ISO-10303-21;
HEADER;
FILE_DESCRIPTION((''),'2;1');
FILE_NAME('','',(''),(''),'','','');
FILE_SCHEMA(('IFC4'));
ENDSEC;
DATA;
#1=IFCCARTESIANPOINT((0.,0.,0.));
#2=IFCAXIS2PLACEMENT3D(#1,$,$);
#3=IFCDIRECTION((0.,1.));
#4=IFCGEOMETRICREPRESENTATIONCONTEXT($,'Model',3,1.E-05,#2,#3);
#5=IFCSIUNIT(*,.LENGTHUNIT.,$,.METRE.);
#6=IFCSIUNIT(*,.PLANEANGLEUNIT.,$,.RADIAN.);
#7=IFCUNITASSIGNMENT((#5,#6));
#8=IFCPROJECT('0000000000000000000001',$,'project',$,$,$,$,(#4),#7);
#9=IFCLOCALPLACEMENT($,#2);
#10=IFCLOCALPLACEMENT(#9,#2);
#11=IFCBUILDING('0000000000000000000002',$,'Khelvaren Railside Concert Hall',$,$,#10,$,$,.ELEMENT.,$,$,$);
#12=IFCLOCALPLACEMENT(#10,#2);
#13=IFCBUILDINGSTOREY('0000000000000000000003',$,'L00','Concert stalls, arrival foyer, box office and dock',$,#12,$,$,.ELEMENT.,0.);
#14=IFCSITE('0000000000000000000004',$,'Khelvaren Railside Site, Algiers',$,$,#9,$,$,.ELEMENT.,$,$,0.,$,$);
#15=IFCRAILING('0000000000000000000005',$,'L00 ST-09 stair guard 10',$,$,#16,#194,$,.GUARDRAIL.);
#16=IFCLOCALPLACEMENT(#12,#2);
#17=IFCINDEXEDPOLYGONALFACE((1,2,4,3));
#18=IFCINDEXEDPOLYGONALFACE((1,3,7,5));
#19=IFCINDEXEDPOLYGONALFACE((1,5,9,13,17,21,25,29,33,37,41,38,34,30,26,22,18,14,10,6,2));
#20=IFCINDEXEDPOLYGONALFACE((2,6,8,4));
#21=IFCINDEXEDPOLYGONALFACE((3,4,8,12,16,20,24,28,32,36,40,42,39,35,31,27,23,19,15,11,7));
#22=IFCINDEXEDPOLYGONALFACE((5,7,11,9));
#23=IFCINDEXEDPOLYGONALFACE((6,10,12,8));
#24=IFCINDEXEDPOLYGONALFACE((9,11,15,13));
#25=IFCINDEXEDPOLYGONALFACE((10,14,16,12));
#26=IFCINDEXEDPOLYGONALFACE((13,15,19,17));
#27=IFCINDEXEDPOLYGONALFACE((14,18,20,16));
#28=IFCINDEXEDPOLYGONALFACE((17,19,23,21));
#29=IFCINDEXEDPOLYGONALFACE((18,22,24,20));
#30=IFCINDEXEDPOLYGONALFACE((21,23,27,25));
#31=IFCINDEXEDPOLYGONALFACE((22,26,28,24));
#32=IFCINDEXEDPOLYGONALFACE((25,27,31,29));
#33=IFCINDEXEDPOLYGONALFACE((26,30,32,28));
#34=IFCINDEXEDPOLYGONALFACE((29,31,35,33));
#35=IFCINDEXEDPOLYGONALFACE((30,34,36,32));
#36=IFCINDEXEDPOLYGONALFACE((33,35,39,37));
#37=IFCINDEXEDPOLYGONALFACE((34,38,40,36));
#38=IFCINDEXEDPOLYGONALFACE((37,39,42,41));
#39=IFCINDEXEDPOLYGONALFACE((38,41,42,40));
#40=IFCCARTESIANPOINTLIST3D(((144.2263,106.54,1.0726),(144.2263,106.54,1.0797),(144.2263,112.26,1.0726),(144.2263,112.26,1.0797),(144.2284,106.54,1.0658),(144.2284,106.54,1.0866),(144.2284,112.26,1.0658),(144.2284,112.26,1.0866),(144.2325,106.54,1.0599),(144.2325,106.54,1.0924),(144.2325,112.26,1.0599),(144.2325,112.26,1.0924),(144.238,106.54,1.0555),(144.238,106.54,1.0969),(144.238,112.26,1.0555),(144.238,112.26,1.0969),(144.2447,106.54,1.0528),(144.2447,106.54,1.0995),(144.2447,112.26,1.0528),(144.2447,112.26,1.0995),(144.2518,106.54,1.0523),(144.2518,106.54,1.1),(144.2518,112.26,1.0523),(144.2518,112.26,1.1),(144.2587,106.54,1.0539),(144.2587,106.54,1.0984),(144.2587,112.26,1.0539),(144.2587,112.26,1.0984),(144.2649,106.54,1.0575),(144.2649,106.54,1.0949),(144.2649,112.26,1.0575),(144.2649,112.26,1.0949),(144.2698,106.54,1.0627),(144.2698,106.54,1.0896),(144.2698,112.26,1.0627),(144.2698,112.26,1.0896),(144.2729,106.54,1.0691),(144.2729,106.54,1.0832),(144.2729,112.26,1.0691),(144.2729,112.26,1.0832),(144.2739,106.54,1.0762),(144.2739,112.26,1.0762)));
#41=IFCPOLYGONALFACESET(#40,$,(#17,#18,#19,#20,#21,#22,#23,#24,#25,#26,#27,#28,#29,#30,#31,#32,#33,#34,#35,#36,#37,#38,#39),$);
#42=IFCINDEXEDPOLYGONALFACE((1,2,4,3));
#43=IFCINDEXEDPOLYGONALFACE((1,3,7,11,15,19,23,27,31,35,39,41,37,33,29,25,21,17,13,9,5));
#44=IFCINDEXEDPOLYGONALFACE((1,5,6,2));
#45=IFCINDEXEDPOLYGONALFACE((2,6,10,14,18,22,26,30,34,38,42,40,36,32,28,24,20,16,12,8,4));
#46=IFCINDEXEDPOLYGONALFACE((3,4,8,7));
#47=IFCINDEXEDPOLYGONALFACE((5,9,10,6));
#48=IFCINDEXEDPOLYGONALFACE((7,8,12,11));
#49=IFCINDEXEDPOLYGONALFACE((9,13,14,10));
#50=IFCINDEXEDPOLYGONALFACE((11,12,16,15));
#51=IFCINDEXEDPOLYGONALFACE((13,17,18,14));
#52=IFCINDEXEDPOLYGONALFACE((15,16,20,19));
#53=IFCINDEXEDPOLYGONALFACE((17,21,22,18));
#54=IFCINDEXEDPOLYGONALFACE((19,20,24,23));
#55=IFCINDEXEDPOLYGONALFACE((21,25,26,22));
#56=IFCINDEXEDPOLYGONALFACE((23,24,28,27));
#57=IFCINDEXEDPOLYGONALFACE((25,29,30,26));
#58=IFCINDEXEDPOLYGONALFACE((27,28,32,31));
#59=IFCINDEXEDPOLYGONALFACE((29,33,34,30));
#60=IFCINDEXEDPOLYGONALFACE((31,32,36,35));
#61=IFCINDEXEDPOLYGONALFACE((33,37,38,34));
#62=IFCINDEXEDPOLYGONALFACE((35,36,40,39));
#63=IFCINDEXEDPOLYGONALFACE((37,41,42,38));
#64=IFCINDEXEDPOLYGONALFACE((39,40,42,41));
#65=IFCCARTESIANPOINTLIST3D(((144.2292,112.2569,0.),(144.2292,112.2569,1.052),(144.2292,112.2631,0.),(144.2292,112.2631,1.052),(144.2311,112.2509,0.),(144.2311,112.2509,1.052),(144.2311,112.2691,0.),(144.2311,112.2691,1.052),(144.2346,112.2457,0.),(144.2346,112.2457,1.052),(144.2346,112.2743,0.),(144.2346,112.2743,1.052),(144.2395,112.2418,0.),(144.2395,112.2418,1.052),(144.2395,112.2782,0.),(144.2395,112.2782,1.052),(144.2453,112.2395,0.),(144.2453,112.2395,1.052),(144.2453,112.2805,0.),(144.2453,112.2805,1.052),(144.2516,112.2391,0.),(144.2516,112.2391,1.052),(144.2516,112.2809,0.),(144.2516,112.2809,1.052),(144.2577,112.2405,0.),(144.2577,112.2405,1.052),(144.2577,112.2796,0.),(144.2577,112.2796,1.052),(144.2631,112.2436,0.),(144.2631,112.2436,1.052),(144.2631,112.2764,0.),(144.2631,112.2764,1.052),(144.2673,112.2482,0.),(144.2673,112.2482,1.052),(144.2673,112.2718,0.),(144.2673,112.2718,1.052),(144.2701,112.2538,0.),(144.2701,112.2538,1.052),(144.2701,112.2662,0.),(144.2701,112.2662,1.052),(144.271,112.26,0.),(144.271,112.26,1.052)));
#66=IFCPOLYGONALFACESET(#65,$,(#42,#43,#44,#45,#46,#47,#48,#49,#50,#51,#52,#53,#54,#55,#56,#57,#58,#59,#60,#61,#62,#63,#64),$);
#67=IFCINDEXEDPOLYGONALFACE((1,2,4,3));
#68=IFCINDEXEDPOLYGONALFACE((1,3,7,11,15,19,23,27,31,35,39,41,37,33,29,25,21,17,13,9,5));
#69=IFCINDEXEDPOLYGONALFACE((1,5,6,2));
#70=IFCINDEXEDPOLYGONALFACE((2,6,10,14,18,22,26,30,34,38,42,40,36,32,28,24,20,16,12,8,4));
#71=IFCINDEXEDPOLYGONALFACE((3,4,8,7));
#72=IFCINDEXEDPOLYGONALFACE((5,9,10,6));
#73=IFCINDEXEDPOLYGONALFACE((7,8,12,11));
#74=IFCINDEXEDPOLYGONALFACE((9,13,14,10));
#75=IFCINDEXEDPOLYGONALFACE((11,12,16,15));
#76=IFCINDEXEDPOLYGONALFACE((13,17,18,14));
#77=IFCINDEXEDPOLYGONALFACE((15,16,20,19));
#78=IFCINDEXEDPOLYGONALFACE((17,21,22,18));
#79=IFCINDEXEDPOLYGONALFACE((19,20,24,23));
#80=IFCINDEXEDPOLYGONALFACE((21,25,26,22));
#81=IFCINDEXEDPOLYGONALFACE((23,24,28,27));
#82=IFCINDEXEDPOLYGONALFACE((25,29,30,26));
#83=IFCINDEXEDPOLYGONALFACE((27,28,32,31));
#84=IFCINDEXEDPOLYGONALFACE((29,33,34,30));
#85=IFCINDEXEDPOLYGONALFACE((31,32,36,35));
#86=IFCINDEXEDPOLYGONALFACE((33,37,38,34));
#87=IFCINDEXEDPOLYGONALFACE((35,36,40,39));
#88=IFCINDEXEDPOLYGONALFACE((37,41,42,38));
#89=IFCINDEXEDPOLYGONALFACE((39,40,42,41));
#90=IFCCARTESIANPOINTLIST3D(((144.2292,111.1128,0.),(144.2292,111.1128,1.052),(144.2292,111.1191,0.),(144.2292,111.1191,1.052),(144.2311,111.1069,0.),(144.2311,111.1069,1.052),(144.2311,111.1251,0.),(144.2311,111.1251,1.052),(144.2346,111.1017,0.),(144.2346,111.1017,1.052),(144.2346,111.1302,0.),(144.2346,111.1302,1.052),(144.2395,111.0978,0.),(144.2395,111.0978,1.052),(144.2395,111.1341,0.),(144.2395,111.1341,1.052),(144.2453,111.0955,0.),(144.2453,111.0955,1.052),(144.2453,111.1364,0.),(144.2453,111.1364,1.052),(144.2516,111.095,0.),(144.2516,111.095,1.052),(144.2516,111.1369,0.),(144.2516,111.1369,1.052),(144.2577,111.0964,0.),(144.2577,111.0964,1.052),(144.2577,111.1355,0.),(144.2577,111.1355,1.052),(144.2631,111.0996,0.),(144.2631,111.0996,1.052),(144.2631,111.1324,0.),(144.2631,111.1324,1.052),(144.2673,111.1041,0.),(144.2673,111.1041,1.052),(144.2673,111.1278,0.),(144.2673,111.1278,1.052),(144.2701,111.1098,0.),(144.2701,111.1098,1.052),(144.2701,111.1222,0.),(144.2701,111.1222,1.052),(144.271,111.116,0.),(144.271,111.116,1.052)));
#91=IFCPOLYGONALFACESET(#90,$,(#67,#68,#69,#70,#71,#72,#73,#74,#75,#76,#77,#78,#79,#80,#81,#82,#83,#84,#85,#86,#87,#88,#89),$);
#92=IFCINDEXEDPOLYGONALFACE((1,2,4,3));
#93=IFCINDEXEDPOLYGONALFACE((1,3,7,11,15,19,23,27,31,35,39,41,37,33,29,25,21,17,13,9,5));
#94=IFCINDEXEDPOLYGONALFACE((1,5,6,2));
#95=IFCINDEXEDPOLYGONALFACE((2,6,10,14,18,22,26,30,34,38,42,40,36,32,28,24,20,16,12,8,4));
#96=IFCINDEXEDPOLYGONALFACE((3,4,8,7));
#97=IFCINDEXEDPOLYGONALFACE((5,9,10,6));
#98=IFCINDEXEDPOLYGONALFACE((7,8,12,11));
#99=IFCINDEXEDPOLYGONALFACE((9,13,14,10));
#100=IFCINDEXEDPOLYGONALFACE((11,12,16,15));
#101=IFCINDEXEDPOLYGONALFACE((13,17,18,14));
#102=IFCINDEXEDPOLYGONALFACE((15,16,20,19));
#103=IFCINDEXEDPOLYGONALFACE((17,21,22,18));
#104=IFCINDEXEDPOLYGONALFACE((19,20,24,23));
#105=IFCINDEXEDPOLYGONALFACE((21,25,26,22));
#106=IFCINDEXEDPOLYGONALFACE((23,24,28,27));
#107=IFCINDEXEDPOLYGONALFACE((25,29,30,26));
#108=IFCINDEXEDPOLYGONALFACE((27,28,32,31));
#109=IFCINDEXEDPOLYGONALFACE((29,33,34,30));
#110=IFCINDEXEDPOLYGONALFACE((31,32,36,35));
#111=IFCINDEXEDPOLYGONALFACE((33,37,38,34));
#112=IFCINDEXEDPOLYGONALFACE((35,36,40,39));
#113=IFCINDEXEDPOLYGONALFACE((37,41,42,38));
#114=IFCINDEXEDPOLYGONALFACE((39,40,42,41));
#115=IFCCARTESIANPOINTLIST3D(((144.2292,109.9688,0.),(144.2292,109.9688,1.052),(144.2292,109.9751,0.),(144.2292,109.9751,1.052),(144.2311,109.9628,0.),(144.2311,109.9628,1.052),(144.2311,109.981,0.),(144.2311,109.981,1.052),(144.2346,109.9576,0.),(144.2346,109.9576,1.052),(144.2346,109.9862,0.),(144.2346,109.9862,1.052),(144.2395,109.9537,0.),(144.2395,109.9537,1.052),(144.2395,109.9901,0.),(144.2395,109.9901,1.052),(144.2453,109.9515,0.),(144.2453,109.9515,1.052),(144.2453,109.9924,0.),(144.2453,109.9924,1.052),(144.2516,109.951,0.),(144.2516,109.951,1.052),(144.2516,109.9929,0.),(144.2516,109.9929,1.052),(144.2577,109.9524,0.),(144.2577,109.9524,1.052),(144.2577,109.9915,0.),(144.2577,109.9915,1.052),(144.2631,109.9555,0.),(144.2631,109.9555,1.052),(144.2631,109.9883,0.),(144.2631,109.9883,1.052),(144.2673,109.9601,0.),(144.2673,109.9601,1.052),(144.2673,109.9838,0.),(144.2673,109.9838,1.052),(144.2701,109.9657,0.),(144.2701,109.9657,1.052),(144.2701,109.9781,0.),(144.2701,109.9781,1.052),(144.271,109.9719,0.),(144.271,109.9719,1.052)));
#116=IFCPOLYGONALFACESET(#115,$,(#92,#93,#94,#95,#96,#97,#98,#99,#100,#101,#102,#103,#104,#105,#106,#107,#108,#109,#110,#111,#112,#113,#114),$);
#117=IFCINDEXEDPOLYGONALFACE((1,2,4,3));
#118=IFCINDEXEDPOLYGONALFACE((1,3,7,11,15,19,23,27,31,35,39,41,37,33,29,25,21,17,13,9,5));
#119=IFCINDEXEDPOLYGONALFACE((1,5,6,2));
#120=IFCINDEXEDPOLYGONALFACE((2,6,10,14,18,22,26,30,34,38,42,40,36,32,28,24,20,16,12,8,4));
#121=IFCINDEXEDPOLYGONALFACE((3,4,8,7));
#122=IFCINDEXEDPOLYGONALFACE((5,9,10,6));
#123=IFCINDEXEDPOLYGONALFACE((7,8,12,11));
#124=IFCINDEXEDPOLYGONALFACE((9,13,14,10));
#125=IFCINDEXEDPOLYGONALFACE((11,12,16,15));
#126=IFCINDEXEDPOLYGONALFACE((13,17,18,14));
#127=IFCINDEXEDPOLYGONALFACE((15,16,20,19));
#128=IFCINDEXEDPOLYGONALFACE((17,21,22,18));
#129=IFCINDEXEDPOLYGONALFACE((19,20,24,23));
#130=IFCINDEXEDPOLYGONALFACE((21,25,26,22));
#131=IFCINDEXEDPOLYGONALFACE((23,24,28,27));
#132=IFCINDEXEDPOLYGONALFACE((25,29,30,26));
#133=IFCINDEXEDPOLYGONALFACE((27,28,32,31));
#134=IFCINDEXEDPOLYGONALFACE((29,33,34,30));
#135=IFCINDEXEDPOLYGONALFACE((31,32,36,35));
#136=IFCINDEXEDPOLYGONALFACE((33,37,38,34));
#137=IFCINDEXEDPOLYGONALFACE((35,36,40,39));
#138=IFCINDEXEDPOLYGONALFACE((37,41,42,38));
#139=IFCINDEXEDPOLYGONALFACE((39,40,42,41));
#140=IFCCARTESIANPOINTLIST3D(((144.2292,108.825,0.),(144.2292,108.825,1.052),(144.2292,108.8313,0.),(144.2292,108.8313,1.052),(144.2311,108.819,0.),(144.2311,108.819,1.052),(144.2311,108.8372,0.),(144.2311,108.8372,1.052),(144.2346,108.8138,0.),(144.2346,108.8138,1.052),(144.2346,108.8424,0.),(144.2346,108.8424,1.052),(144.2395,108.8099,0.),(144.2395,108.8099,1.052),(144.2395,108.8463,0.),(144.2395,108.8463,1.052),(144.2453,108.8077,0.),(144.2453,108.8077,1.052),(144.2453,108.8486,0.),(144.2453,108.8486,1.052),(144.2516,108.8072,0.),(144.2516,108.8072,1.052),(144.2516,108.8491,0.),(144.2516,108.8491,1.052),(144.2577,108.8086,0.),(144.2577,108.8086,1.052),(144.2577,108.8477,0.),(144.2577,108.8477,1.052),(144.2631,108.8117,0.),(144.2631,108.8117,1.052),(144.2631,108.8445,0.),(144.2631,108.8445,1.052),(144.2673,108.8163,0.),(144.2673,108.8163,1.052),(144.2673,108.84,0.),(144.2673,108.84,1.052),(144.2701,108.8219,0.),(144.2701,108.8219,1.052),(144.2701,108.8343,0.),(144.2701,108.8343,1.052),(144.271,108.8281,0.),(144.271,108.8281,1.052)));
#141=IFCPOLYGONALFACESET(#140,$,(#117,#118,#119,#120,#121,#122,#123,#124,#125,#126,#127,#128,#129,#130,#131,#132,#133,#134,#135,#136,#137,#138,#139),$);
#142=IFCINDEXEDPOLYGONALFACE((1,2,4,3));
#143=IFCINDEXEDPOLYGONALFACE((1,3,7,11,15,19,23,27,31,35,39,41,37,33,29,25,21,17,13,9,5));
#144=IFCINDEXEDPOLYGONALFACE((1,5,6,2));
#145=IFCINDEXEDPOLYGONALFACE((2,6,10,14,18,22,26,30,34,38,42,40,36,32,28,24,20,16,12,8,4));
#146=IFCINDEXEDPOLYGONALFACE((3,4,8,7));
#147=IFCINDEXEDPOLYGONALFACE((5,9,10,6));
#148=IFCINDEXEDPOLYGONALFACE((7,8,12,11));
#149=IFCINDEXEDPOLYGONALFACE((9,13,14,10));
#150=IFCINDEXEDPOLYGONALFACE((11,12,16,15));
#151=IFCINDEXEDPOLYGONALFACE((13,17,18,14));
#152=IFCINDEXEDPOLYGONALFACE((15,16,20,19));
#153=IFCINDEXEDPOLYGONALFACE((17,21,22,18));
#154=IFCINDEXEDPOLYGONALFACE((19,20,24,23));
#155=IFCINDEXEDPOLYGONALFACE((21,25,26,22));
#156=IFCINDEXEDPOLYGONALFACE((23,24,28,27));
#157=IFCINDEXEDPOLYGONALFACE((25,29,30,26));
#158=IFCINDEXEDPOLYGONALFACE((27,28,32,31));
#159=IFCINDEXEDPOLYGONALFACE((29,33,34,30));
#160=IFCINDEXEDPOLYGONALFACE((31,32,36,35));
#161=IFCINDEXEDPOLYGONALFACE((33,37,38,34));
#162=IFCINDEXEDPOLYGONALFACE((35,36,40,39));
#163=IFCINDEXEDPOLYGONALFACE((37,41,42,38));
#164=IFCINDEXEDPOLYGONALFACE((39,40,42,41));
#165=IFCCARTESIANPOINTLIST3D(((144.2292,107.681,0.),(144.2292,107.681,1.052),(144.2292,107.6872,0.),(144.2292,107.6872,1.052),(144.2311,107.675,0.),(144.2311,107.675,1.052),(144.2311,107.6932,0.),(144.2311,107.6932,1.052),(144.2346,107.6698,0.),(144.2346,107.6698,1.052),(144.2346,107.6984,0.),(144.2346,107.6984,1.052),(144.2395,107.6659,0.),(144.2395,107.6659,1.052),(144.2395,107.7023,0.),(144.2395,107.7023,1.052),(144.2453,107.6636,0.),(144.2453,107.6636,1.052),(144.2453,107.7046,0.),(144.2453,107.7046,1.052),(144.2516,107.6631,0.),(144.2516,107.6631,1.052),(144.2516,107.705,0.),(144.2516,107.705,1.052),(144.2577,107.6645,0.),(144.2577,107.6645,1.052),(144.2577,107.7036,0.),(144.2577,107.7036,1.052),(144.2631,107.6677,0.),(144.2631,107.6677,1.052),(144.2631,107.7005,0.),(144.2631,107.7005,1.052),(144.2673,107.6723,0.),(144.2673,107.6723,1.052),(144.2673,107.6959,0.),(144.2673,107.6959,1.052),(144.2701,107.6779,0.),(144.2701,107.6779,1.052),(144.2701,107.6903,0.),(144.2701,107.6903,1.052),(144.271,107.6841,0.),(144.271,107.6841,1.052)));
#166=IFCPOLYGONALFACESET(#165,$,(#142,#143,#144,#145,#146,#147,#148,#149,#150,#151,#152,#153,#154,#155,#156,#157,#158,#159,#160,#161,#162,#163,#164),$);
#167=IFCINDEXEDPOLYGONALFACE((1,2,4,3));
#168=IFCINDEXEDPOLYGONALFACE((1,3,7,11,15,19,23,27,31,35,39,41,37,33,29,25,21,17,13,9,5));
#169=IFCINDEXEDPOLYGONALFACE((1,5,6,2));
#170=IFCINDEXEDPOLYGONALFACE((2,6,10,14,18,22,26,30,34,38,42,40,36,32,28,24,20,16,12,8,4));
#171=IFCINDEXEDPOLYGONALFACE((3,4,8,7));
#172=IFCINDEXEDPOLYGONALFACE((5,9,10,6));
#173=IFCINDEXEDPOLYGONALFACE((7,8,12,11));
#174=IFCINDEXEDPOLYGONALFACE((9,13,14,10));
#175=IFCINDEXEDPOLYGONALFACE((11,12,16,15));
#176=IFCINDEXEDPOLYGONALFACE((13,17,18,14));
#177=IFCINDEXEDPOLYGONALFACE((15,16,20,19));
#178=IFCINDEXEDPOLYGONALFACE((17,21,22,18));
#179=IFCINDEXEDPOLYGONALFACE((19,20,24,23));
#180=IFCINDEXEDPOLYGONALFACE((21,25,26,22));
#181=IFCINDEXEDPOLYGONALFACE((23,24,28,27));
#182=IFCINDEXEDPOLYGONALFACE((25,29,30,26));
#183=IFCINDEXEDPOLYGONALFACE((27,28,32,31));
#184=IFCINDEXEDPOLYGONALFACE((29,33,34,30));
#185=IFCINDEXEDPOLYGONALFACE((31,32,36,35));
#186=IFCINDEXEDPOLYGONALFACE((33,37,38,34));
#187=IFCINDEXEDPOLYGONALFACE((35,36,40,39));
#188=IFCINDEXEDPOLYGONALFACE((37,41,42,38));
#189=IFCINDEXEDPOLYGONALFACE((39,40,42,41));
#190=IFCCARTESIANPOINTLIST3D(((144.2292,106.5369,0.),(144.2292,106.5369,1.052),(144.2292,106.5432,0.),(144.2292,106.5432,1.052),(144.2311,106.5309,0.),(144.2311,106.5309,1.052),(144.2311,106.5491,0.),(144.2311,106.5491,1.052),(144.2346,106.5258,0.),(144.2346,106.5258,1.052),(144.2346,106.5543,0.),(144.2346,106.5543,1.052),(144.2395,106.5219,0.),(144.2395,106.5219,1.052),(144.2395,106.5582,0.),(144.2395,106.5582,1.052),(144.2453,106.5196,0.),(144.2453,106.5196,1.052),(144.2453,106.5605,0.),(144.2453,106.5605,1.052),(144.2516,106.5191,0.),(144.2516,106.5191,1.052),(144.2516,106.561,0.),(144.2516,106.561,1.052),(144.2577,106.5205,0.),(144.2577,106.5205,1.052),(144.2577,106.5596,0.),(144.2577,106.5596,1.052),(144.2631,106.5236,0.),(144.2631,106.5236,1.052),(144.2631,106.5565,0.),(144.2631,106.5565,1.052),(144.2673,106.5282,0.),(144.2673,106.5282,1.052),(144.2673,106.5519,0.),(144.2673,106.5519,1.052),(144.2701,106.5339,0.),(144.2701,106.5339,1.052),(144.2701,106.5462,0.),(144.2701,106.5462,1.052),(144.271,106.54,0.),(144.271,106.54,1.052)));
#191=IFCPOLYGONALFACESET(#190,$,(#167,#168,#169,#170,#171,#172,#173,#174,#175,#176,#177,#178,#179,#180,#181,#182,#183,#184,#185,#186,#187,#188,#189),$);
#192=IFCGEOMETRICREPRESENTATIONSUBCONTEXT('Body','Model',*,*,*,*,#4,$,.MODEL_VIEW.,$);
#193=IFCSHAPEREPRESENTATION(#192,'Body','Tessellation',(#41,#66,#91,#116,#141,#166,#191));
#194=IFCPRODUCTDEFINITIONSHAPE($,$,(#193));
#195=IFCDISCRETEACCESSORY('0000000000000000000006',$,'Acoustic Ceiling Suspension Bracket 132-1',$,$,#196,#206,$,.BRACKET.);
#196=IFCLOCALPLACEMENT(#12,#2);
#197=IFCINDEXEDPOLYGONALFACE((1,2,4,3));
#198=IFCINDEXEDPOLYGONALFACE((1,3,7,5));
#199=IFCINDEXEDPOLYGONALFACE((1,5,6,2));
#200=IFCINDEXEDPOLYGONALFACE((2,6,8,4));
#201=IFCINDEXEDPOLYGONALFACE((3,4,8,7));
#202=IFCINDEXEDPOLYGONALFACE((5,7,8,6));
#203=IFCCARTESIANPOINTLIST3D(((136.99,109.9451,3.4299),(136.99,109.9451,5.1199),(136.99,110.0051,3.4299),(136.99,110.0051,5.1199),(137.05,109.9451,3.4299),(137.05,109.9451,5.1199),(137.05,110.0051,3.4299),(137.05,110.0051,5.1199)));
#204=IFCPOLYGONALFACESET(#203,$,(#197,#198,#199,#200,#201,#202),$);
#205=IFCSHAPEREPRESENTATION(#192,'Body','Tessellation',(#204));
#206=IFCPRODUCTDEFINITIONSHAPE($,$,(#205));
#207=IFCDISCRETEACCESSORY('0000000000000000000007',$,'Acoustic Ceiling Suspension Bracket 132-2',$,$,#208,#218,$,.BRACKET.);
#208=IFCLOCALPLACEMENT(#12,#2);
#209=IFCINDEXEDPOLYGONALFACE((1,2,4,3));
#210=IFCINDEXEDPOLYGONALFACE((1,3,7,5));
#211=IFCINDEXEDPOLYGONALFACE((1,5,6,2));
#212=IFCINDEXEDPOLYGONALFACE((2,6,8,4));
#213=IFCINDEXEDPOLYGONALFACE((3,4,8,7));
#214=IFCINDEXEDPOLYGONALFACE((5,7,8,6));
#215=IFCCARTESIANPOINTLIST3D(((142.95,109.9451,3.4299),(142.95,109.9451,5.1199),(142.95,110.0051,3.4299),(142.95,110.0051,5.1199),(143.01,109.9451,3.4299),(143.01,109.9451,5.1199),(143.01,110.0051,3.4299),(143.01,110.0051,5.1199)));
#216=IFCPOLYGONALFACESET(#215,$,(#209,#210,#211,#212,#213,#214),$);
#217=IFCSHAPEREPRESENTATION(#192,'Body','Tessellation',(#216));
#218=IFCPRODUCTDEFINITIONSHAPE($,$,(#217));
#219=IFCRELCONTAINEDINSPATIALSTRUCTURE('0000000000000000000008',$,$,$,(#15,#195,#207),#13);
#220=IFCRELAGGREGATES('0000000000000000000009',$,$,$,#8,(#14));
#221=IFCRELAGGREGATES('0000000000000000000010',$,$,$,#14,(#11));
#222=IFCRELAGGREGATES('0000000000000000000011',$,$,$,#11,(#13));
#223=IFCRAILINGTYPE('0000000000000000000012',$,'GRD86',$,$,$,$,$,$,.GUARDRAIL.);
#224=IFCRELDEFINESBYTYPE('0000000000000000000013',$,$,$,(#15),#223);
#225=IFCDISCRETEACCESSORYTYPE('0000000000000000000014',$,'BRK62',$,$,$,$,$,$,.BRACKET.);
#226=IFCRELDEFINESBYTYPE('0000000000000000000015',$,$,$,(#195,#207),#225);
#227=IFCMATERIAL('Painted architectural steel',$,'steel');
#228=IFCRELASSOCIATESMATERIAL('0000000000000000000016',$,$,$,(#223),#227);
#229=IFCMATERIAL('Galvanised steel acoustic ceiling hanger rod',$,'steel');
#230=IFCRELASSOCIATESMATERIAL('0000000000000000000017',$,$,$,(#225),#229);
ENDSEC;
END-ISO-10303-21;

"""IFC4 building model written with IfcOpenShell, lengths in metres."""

from ifc_helpers import new_model, si_unit, direction, frame, origin, origin_2d, place, context, subcontext, project, spatial, rectangle, circle, extrude, material, type_object, element, save


model = new_model("IFC4")

# Units and contexts
model_context = context("Model", 3, precision=1e-05, world=origin(), true_north=direction((0.0, 1.0)))
body_context = subcontext(model_context, "Body", "Model", "MODEL_VIEW")
ifc_project = project(units=[si_unit("LENGTHUNIT", "METRE"), si_unit("PLANEANGLEUNIT", "RADIAN")], contexts=[model_context])

# Site, building, storey
site_placement = place(None, origin())
site = spatial("IfcSite", under=ifc_project, at=site_placement, Name="Khelvaren Railside Site, Algiers", CompositionType="ELEMENT", RefElevation=0.0)
building_placement = place(site_placement, origin())
building = spatial("IfcBuilding", under=site, at=building_placement, Name="Khelvaren Railside Concert Hall", CompositionType="ELEMENT")
storey_placement = place(building_placement, origin())
storey = spatial("IfcBuildingStorey", under=building, at=storey_placement, Name="L00", Description="Concert stalls, arrival foyer, box office and dock", CompositionType="ELEMENT", Elevation=0.0)

# Railing
ifc_material_1 = material(Name="Painted architectural steel", Category="steel")
railing_type = type_object("IfcRailingType", Name="GRD86", PredefinedType="GUARDRAIL", material=ifc_material_1)
railing_1_placement = place(storey_placement, frame((144.25, 112.26, 0.0)))
element("IfcRailing", 1, at=railing_1_placement, inside=storey, type_object=railing_type, Name="L00 ST-09 stair guard 10", PredefinedType="GUARDRAIL", context=body_context, shape_type="SweptSolid", body=[
    extrude(circle(Radius=0.0239, at=origin_2d()), frame((0.0, 0.0, 1.0762), z_axis=(0.0, -1.0, 0.0), x_axis=(1.0, 0.0, 0.0)), (0.0, 0.0, 1.0), 5.72),
    extrude(circle(Radius=0.021, at=origin_2d()), origin(), (0.0, 0.0, 1.0), 1.052),
    extrude(circle(Radius=0.021, at=origin_2d()), frame((0.0, -1.144, 0.0)), (0.0, 0.0, 1.0), 1.052),
    extrude(circle(Radius=0.021, at=origin_2d()), frame((0.0, -2.2881, 0.0)), (0.0, 0.0, 1.0), 1.052),
    extrude(circle(Radius=0.021, at=origin_2d()), frame((0.0, -3.4319, 0.0)), (0.0, 0.0, 1.0), 1.052),
    extrude(circle(Radius=0.021, at=origin_2d()), frame((0.0, -4.5759, 0.0)), (0.0, 0.0, 1.0), 1.052),
    extrude(circle(Radius=0.021, at=origin_2d()), frame((0.0, -5.72, 0.0)), (0.0, 0.0, 1.0), 1.052),
])

# Discrete accessories
ifc_material_2 = material(Name="Galvanised steel acoustic ceiling hanger rod", Category="steel")
discrete_accessory_type = type_object("IfcDiscreteAccessoryType", Name="BRK62", PredefinedType="BRACKET", material=ifc_material_2)
for number, where, z_axis, x_axis, name in (
    (2, (137.02, 109.9751, 3.4299), (0.0, 0.0, 1.0), (1.0, 0.0, 0.0), "Acoustic Ceiling Suspension Bracket 132-1"),
    (3, (142.98, 109.9751, 3.4299), (0.0, 0.0, 1.0), (1.0, 0.0, 0.0), "Acoustic Ceiling Suspension Bracket 132-2"),
):
    element("IfcDiscreteAccessory", number, at=place(storey_placement, frame(where, z_axis=z_axis, x_axis=x_axis)), inside=storey, type_object=discrete_accessory_type, Name=name, PredefinedType="BRACKET", context=body_context, shape_type="SweptSolid", body=[
        extrude(rectangle(XDim=0.0601, YDim=0.0601, at=origin_2d()), origin(), (0.0, 0.0, 1.0), 1.6899),
    ])

save(model, "model.ifc")
